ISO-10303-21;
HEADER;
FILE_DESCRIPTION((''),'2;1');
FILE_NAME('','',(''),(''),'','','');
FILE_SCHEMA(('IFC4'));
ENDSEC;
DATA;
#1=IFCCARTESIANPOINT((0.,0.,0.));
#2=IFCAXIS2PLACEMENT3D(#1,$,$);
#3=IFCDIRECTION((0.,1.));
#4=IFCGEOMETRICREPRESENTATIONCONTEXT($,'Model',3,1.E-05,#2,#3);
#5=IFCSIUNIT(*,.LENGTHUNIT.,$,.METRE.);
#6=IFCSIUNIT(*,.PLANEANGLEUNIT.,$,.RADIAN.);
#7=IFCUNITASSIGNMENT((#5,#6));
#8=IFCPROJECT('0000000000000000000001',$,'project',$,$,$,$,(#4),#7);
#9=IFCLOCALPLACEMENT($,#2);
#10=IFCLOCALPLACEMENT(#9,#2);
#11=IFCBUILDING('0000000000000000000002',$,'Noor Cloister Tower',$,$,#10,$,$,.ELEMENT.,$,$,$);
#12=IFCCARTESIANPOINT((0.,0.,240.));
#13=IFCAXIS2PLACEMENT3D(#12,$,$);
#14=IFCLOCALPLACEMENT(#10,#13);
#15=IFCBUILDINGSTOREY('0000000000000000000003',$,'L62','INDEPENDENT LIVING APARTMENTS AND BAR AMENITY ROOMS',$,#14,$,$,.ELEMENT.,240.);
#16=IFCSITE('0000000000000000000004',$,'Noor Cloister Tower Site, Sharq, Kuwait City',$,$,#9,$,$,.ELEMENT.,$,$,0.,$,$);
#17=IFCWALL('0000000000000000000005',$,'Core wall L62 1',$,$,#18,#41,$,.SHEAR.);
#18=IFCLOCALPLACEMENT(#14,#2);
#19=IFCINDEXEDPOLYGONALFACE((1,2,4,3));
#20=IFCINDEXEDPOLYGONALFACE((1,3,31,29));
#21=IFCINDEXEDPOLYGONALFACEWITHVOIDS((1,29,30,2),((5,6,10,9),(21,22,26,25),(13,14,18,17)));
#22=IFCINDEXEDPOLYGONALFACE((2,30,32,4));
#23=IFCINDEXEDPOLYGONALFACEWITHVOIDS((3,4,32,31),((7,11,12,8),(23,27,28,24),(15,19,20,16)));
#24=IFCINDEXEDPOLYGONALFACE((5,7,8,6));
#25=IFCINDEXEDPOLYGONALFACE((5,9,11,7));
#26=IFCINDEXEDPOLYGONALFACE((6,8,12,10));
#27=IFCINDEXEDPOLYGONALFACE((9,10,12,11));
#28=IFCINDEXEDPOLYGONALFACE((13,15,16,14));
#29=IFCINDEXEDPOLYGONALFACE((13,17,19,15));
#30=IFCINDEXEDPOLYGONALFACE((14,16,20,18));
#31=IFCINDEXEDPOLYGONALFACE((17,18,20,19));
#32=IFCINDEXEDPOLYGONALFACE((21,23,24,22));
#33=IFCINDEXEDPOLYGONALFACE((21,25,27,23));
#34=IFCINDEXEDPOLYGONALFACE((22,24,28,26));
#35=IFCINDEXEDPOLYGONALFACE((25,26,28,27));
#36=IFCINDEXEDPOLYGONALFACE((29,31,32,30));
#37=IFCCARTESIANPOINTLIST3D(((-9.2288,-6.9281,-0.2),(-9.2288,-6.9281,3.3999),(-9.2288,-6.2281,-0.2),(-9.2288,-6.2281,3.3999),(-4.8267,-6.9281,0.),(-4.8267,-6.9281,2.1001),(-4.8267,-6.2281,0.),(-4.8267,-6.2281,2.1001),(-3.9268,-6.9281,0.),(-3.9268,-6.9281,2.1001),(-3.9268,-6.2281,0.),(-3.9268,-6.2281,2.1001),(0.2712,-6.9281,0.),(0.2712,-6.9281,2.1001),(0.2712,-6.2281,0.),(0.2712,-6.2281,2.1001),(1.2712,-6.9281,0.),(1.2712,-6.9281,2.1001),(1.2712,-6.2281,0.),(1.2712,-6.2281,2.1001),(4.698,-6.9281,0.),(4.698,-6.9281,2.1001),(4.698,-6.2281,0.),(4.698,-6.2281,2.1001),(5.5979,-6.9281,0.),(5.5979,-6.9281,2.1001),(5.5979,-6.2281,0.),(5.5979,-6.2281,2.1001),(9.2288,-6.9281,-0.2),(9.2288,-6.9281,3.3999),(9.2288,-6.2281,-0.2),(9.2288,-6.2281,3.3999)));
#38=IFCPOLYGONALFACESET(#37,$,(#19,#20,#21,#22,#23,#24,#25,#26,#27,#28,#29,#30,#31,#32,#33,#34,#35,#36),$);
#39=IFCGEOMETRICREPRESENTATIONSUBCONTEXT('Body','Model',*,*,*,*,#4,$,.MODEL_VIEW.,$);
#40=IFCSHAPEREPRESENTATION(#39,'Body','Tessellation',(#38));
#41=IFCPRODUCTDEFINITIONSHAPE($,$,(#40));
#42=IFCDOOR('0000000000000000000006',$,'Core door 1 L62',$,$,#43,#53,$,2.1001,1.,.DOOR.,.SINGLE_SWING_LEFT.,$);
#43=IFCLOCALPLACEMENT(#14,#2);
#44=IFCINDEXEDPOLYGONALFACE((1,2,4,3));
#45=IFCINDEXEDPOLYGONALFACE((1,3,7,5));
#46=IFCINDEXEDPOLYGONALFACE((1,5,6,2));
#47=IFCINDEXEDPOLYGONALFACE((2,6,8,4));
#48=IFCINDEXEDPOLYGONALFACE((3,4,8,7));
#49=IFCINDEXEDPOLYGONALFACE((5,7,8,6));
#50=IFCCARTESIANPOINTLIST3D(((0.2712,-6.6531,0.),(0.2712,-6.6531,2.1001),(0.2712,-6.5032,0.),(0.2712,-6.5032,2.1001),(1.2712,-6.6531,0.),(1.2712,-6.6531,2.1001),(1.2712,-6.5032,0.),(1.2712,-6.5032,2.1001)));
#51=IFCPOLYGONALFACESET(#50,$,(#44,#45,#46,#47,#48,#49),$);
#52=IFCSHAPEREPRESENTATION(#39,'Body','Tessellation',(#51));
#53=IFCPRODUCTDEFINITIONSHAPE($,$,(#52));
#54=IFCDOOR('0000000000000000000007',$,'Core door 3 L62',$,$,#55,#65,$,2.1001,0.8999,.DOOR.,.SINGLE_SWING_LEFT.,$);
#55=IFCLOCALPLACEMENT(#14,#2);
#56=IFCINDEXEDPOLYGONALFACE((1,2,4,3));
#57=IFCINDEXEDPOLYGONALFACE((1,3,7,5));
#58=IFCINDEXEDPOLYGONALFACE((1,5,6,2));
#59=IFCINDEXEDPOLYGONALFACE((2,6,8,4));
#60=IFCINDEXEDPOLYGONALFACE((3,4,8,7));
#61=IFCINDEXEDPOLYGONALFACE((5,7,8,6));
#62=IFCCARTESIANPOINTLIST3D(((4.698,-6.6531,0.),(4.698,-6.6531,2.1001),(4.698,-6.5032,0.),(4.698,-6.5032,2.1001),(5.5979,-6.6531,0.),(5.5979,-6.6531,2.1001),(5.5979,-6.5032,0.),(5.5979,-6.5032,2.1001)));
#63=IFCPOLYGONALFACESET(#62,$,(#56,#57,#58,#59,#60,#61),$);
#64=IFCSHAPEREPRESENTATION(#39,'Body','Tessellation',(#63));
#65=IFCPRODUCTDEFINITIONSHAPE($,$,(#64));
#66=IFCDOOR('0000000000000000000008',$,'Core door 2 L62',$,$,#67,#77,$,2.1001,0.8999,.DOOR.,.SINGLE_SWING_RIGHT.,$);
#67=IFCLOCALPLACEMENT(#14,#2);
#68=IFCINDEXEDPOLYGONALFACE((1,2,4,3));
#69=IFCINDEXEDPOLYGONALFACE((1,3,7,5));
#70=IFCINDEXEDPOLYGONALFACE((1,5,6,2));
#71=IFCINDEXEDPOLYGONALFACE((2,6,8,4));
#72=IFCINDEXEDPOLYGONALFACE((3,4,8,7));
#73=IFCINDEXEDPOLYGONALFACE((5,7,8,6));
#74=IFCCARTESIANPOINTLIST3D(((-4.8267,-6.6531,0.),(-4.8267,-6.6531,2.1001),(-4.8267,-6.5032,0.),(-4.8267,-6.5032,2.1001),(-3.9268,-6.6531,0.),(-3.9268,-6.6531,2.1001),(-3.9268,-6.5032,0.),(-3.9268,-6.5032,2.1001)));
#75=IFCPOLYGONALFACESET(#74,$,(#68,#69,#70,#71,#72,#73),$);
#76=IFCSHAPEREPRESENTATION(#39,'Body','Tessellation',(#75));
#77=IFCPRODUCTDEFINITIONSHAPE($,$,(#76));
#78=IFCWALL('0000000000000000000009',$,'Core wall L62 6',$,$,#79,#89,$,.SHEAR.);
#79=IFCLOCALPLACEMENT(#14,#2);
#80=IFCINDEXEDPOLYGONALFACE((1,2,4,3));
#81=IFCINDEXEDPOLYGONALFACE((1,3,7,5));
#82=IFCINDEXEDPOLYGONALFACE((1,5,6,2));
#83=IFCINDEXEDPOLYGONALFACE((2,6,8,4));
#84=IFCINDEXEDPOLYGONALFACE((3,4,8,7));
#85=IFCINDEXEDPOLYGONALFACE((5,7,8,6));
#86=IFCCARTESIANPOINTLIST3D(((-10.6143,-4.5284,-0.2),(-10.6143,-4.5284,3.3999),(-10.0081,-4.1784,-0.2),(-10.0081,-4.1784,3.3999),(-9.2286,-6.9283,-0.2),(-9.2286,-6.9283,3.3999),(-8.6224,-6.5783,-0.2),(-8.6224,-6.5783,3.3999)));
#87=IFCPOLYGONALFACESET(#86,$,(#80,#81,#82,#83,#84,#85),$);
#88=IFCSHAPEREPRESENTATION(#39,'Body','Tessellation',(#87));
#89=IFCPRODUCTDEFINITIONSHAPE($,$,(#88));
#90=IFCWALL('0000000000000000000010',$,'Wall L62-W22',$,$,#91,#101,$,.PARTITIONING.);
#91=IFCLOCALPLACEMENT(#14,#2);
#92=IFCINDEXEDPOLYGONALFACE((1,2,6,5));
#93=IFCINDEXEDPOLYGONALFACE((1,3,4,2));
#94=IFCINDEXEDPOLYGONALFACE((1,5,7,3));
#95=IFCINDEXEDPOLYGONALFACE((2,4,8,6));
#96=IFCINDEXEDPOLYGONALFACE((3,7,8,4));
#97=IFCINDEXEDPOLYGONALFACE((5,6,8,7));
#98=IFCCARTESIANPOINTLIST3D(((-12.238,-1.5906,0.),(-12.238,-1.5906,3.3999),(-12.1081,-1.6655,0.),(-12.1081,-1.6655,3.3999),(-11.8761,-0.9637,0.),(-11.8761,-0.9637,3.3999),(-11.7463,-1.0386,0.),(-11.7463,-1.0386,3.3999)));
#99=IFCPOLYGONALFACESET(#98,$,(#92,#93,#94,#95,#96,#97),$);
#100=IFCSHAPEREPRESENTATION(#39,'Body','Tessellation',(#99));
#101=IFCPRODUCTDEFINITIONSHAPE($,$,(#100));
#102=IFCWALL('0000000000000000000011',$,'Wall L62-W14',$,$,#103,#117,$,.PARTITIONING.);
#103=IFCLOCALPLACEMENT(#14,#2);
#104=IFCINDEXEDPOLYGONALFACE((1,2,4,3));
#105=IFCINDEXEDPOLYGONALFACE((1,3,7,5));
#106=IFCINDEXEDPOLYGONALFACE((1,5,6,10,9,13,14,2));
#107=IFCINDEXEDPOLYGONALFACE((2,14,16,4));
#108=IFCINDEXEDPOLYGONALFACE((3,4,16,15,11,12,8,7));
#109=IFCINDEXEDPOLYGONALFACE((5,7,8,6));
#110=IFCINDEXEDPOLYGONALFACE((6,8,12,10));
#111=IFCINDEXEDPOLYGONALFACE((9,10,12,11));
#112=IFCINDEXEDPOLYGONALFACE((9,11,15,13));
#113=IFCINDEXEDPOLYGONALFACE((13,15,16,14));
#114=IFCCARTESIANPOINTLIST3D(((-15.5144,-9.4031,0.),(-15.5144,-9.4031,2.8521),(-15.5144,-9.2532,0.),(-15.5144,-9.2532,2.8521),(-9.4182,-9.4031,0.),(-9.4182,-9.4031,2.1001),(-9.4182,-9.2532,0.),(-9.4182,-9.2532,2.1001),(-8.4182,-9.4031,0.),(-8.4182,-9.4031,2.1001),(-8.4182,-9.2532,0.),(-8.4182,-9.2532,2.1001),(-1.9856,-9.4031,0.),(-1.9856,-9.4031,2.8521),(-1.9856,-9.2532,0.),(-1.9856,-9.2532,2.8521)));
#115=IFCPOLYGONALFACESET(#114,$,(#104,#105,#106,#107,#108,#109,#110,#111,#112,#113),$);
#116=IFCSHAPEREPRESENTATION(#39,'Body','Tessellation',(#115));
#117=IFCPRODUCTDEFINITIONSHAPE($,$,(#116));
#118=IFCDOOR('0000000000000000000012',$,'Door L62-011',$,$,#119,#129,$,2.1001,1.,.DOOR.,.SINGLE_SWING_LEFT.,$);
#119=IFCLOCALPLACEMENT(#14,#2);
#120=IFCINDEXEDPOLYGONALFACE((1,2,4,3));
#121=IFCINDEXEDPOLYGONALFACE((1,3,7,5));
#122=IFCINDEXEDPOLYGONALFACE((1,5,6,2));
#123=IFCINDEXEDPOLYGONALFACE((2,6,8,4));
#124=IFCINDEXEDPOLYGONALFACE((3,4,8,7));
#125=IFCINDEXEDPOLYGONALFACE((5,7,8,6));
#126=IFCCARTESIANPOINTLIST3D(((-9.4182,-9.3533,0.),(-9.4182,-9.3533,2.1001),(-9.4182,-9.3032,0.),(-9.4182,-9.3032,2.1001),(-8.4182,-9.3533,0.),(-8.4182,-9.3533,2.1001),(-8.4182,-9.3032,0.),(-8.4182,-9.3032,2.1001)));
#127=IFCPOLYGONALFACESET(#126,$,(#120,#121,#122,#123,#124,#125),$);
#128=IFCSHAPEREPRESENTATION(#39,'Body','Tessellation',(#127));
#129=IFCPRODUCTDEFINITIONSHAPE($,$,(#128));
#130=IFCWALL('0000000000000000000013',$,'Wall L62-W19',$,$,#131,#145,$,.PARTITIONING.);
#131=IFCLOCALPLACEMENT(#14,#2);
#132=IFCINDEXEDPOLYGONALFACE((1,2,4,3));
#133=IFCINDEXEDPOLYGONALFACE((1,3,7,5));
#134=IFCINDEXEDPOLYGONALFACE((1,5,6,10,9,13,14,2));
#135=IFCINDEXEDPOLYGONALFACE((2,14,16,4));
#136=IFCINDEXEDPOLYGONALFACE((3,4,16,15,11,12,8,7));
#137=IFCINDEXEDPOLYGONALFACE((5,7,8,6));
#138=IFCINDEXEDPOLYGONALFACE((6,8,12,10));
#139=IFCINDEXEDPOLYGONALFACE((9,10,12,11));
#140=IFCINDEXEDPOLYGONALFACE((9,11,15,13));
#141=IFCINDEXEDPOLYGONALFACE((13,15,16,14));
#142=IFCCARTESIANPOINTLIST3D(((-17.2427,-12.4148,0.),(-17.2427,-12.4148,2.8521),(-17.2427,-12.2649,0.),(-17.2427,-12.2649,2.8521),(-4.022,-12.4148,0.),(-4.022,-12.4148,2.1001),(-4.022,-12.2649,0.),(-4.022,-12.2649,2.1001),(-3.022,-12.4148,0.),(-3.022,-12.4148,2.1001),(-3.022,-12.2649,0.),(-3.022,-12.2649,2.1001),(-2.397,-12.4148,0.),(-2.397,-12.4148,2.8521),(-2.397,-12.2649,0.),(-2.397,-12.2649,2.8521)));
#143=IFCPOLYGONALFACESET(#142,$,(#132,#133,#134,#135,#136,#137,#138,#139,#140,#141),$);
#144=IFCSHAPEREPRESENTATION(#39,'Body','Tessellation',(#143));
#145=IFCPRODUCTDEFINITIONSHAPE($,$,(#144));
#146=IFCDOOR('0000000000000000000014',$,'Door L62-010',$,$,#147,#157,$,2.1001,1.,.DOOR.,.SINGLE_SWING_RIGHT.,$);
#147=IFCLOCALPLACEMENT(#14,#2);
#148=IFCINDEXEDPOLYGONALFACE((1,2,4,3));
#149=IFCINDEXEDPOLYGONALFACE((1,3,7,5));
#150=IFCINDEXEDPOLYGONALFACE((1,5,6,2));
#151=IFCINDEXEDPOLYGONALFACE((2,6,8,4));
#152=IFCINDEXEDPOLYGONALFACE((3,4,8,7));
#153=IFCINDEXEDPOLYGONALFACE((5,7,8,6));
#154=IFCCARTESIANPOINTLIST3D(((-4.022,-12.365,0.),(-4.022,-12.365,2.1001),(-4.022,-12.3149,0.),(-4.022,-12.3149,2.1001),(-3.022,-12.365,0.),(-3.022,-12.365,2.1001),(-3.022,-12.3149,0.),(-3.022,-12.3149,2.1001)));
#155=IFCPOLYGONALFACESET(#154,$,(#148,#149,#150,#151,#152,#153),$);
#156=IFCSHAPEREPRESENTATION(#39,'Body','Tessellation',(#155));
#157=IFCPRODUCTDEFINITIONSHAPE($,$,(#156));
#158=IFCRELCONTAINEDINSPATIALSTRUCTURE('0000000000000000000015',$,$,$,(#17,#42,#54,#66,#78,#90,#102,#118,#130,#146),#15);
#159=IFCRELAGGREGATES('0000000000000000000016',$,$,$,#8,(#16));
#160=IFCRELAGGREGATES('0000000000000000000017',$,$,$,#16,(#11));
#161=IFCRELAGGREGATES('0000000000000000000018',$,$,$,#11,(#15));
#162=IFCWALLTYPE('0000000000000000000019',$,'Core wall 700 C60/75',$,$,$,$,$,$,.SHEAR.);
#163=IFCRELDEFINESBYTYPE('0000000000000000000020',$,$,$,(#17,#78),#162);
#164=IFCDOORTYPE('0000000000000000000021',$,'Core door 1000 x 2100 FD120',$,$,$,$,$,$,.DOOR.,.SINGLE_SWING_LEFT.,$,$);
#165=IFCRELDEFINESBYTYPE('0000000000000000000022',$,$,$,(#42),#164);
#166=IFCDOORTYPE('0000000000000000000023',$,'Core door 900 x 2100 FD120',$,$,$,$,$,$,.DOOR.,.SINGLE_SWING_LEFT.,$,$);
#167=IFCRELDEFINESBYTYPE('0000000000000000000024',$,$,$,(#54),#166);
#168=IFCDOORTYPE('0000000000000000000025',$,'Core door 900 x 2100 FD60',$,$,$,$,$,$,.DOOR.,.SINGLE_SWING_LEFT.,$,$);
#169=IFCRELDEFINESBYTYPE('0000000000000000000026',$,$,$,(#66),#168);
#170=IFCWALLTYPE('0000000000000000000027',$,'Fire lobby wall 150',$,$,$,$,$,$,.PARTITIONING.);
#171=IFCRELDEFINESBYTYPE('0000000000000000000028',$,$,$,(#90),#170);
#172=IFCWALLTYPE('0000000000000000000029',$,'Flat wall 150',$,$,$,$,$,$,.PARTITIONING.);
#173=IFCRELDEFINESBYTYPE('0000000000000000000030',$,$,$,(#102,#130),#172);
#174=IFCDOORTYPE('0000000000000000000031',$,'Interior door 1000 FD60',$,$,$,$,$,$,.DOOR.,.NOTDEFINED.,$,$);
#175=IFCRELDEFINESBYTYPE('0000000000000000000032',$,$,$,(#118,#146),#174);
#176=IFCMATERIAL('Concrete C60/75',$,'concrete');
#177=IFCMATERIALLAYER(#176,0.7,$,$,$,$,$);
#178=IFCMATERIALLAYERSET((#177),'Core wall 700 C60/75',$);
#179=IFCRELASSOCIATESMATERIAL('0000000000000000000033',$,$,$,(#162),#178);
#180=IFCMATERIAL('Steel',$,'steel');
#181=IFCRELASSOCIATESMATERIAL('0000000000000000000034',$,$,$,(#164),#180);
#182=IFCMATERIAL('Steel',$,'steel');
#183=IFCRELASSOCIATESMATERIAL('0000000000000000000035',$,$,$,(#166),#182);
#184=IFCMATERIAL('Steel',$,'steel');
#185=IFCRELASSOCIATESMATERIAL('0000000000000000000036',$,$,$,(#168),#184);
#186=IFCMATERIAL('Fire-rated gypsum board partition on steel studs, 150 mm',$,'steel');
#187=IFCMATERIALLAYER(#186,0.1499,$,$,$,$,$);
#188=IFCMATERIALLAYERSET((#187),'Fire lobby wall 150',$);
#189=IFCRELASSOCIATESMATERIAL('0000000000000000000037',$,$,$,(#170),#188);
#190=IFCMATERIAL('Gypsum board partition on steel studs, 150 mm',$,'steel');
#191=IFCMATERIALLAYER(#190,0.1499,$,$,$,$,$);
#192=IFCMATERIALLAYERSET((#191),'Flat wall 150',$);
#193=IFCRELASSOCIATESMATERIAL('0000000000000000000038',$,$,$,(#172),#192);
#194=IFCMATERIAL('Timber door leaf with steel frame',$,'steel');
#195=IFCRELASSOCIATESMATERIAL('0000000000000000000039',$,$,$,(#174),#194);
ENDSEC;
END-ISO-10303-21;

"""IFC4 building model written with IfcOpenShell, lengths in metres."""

from ifc_helpers import new_model, si_unit, direction, frame, frame_2d, origin, place, context, subcontext, project, spatial, rectangle, extrude, material, layer, layer_set, type_object, element, fill, save


model = new_model("IFC4")

# Units and contexts
model_context = context("Model", 3, precision=1e-05, world=origin(), true_north=direction((0.0, 1.0)))
body_context = subcontext(model_context, "Body", "Model", "MODEL_VIEW")
ifc_project = project(units=[si_unit("LENGTHUNIT", "METRE"), si_unit("PLANEANGLEUNIT", "RADIAN")], contexts=[model_context])

# Site, building, storey
site_placement = place(None, origin())
site = spatial("IfcSite", under=ifc_project, at=site_placement, Name="Noor Cloister Tower Site, Sharq, Kuwait City", CompositionType="ELEMENT", RefElevation=0.0)
building_placement = place(site_placement, origin())
building = spatial("IfcBuilding", under=site, at=building_placement, Name="Noor Cloister Tower", CompositionType="ELEMENT")
storey_placement = place(building_placement, frame((0.0, 0.0, 240.0)))
storey = spatial("IfcBuildingStorey", under=building, at=storey_placement, Name="L62", Description="INDEPENDENT LIVING APARTMENTS AND BAR AMENITY ROOMS", CompositionType="ELEMENT", Elevation=240.0)

# Wall, openings, doors
ifc_material_1 = material(Name="Concrete C60/75", Category="concrete")
ifc_layer_1 = layer(ifc_material_1, 0.7)
ifc_layer_set_1 = layer_set([ifc_layer_1], Name="Core wall 700 C60/75")
wall_type_1 = type_object("IfcWallType", Name="Core wall 700 C60/75", PredefinedType="SHEAR", material=ifc_layer_set_1)
wall_1_placement = place(storey_placement, frame((-9.2288, -6.5781, -0.2), z_axis=(0.0, 0.0, 1.0), x_axis=(1.0, 0.0, 0.0)))
wall_1 = element("IfcWall", 1, at=wall_1_placement, inside=storey, type_object=wall_type_1, Name="Core wall L62 1", PredefinedType="SHEAR", context=body_context, shape_type="SweptSolid", body=[
    extrude(rectangle(XDim=18.4575, YDim=0.7, at=frame_2d((9.2288, 0.0))), origin(), (0.0, 0.0, 1.0), 3.5999),
])
opening_1_placement = place(wall_1_placement, frame((9.5, 0.0, 0.2)))
opening_1 = element("IfcOpeningElement", 2, at=opening_1_placement, cuts=wall_1, PredefinedType="OPENING", context=body_context, shape_type="SweptSolid", body=[
    extrude(rectangle(XDim=1.0, YDim=2.1001, at=frame_2d((0.5, 1.05))), frame((0.0, 0.3599, 0.0), z_axis=(0.0, -1.0, 0.0), x_axis=(1.0, 0.0, 0.0)), (0.0, 0.0, 1.0), 0.72),
])
opening_2_placement = place(wall_1_placement, frame((4.4021, 0.0, 0.2)))
opening_2 = element("IfcOpeningElement", 3, at=opening_2_placement, cuts=wall_1, PredefinedType="OPENING", context=body_context, shape_type="SweptSolid", body=[
    extrude(rectangle(XDim=0.8999, YDim=2.1001, at=frame_2d((0.45, 1.05))), frame((0.0, 0.3599, 0.0), z_axis=(0.0, -1.0, 0.0), x_axis=(1.0, 0.0, 0.0)), (0.0, 0.0, 1.0), 0.72),
])
opening_3_placement = place(wall_1_placement, frame((13.9268, 0.0, 0.2)))
opening_3 = element("IfcOpeningElement", 4, at=opening_3_placement, cuts=wall_1, PredefinedType="OPENING", context=body_context, shape_type="SweptSolid", body=[
    extrude(rectangle(XDim=0.8999, YDim=2.1001, at=frame_2d((0.45, 1.05))), frame((0.0, 0.3599, 0.0), z_axis=(0.0, -1.0, 0.0), x_axis=(1.0, 0.0, 0.0)), (0.0, 0.0, 1.0), 0.72),
])
ifc_material_2 = material(Name="Steel", Category="steel")
door_type_1 = type_object("IfcDoorType", Name="Core door 1000 x 2100 FD120", OperationType="SINGLE_SWING_LEFT", PredefinedType="DOOR", material=ifc_material_2)
door_1_placement = place(opening_1_placement, origin())
door_1 = element("IfcDoor", 5, at=door_1_placement, inside=storey, type_object=door_type_1, Name="Core door 1 L62", OperationType="SINGLE_SWING_LEFT", OverallHeight=2.1001, OverallWidth=1.0, PredefinedType="DOOR", context=body_context, shape_type="SweptSolid", body=[
    extrude(rectangle(XDim=1.0, YDim=2.1001, at=frame_2d((0.5, 1.05))), frame((0.0, 0.075, 0.0), z_axis=(0.0, -1.0, 0.0), x_axis=(1.0, 0.0, 0.0)), (0.0, 0.0, 1.0), 0.1499),
])
fill(opening_1, door_1)
ifc_material_3 = material(Name="Steel", Category="steel")
door_type_2 = type_object("IfcDoorType", Name="Core door 900 x 2100 FD120", OperationType="SINGLE_SWING_LEFT", PredefinedType="DOOR", material=ifc_material_3)
door_2_placement = place(opening_3_placement, origin())
door_2 = element("IfcDoor", 6, at=door_2_placement, inside=storey, type_object=door_type_2, Name="Core door 3 L62", OperationType="SINGLE_SWING_LEFT", OverallHeight=2.1001, OverallWidth=0.8999, PredefinedType="DOOR", context=body_context, shape_type="SweptSolid", body=[
    extrude(rectangle(XDim=0.8999, YDim=2.1001, at=frame_2d((0.45, 1.05))), frame((0.0, 0.075, 0.0), z_axis=(0.0, -1.0, 0.0), x_axis=(1.0, 0.0, 0.0)), (0.0, 0.0, 1.0), 0.1499),
])
fill(opening_3, door_2)
ifc_material_4 = material(Name="Steel", Category="steel")
door_type_3 = type_object("IfcDoorType", Name="Core door 900 x 2100 FD60", OperationType="SINGLE_SWING_LEFT", PredefinedType="DOOR", material=ifc_material_4)
door_3_placement = place(opening_2_placement, origin())
door_3 = element("IfcDoor", 7, at=door_3_placement, inside=storey, type_object=door_type_3, Name="Core door 2 L62", OperationType="SINGLE_SWING_RIGHT", OverallHeight=2.1001, OverallWidth=0.8999, PredefinedType="DOOR", context=body_context, shape_type="SweptSolid", body=[
    extrude(rectangle(XDim=0.8999, YDim=2.1001, at=frame_2d((0.45, 1.05))), frame((0.0, 0.075, 0.0), z_axis=(0.0, -1.0, 0.0), x_axis=(1.0, 0.0, 0.0)), (0.0, 0.0, 1.0), 0.1499),
])
fill(opening_2, door_3)

# Walls
wall_2_placement = place(storey_placement, frame((-10.3113, -4.3533, -0.2), z_axis=(0.0, 0.0, 1.0), x_axis=(0.500043, -0.866001, 0.0)))
element("IfcWall", 8, at=wall_2_placement, inside=storey, type_object=wall_type_1, Name="Core wall L62 6", PredefinedType="SHEAR", context=body_context, shape_type="SweptSolid", body=[
    extrude(rectangle(XDim=2.7712, YDim=0.7, at=frame_2d((1.3857, 0.0))), origin(), (0.0, 0.0, 1.0), 3.5999),
])
ifc_material_5 = material(Name="Fire-rated gypsum board partition on steel studs, 150 mm", Category="steel")
ifc_layer_2 = layer(ifc_material_5, 0.1499)
ifc_layer_set_2 = layer_set([ifc_layer_2], Name="Fire lobby wall 150")
wall_type_2 = type_object("IfcWallType", Name="Fire lobby wall 150", PredefinedType="PARTITIONING", material=ifc_layer_set_2)
wall_3_placement = place(storey_placement, frame((-11.8113, -1.0012, 0.0), z_axis=(0.0, 0.0, 1.0), x_axis=(-0.499839, -0.866118, 0.0)))
element("IfcWall", 9, at=wall_3_placement, inside=storey, type_object=wall_type_2, Name="Wall L62-W22", PredefinedType="PARTITIONING", context=body_context, shape_type="SweptSolid", body=[
    extrude(rectangle(XDim=0.7239, YDim=0.1499, at=frame_2d((0.3618, 0.0))), origin(), (0.0, 0.0, 1.0), 3.3999),
])

# Walls, openings, doors
ifc_material_6 = material(Name="Gypsum board partition on steel studs, 150 mm", Category="steel")
ifc_layer_3 = layer(ifc_material_6, 0.1499)
ifc_layer_set_3 = layer_set([ifc_layer_3], Name="Flat wall 150")
wall_type_3 = type_object("IfcWallType", Name="Flat wall 150", PredefinedType="PARTITIONING", material=ifc_layer_set_3)
wall_4_placement = place(storey_placement, frame((-15.5144, -9.3281, 0.0), z_axis=(0.0, 0.0, 1.0), x_axis=(1.0, 0.0, 0.0)))
wall_4 = element("IfcWall", 10, at=wall_4_placement, inside=storey, type_object=wall_type_3, Name="Wall L62-W14", PredefinedType="PARTITIONING", context=body_context, shape_type="SweptSolid", body=[
    extrude(rectangle(XDim=13.5288, YDim=0.1499, at=frame_2d((6.7644, 0.0))), origin(), (0.0, 0.0, 1.0), 2.8521),
])
opening_4_placement = place(wall_4_placement, frame((6.0962, 0.0, 0.0)))
opening_4 = element("IfcOpeningElement", 11, at=opening_4_placement, cuts=wall_4, PredefinedType="OPENING", context=body_context, shape_type="SweptSolid", body=[
    extrude(rectangle(XDim=1.0, YDim=2.1001, at=frame_2d((0.5, 1.05))), frame((0.0, 0.085, 0.0), z_axis=(0.0, -1.0, 0.0), x_axis=(1.0, 0.0, 0.0)), (0.0, 0.0, 1.0), 0.1699),
])
ifc_material_7 = material(Name="Timber door leaf with steel frame", Category="steel")
door_type_4 = type_object("IfcDoorType", Name="Interior door 1000 FD60", OperationType="NOTDEFINED", PredefinedType="DOOR", material=ifc_material_7)
door_4_placement = place(opening_4_placement, origin())
door_4 = element("IfcDoor", 12, at=door_4_placement, inside=storey, type_object=door_type_4, Name="Door L62-011", OperationType="SINGLE_SWING_LEFT", OverallHeight=2.1001, OverallWidth=1.0, PredefinedType="DOOR", context=body_context, shape_type="SweptSolid", body=[
    extrude(rectangle(XDim=1.0, YDim=2.1001, at=frame_2d((0.5, 1.05))), frame((0.0, 0.0249, 0.0), z_axis=(0.0, -1.0, 0.0), x_axis=(1.0, 0.0, 0.0)), (0.0, 0.0, 1.0), 0.05),
])
fill(opening_4, door_4)
wall_5_placement = place(storey_placement, frame((-17.2427, -12.3398, 0.0), z_axis=(0.0, 0.0, 1.0), x_axis=(1.0, 0.0, 0.0)))
wall_5 = element("IfcWall", 13, at=wall_5_placement, inside=storey, type_object=wall_type_3, Name="Wall L62-W19", PredefinedType="PARTITIONING", context=body_context, shape_type="SweptSolid", body=[
    extrude(rectangle(XDim=14.8457, YDim=0.1499, at=frame_2d((7.4229, 0.0))), origin(), (0.0, 0.0, 1.0), 2.8521),
])
opening_5_placement = place(wall_5_placement, frame((13.2207, 0.0, 0.0)))
opening_5 = element("IfcOpeningElement", 14, at=opening_5_placement, cuts=wall_5, PredefinedType="OPENING", context=body_context, shape_type="SweptSolid", body=[
    extrude(rectangle(XDim=1.0, YDim=2.1001, at=frame_2d((0.5, 1.05))), frame((0.0, 0.085, 0.0), z_axis=(0.0, -1.0, 0.0), x_axis=(1.0, 0.0, 0.0)), (0.0, 0.0, 1.0), 0.1699),
])
door_5_placement = place(opening_5_placement, origin())
door_5 = element("IfcDoor", 15, at=door_5_placement, inside=storey, type_object=door_type_4, Name="Door L62-010", OperationType="SINGLE_SWING_RIGHT", OverallHeight=2.1001, OverallWidth=1.0, PredefinedType="DOOR", context=body_context, shape_type="SweptSolid", body=[
    extrude(rectangle(XDim=1.0, YDim=2.1001, at=frame_2d((0.5, 1.05))), frame((0.0, 0.0249, 0.0), z_axis=(0.0, -1.0, 0.0), x_axis=(1.0, 0.0, 0.0)), (0.0, 0.0, 1.0), 0.05),
])
fill(opening_5, door_5)

save(model, "model.ifc")
